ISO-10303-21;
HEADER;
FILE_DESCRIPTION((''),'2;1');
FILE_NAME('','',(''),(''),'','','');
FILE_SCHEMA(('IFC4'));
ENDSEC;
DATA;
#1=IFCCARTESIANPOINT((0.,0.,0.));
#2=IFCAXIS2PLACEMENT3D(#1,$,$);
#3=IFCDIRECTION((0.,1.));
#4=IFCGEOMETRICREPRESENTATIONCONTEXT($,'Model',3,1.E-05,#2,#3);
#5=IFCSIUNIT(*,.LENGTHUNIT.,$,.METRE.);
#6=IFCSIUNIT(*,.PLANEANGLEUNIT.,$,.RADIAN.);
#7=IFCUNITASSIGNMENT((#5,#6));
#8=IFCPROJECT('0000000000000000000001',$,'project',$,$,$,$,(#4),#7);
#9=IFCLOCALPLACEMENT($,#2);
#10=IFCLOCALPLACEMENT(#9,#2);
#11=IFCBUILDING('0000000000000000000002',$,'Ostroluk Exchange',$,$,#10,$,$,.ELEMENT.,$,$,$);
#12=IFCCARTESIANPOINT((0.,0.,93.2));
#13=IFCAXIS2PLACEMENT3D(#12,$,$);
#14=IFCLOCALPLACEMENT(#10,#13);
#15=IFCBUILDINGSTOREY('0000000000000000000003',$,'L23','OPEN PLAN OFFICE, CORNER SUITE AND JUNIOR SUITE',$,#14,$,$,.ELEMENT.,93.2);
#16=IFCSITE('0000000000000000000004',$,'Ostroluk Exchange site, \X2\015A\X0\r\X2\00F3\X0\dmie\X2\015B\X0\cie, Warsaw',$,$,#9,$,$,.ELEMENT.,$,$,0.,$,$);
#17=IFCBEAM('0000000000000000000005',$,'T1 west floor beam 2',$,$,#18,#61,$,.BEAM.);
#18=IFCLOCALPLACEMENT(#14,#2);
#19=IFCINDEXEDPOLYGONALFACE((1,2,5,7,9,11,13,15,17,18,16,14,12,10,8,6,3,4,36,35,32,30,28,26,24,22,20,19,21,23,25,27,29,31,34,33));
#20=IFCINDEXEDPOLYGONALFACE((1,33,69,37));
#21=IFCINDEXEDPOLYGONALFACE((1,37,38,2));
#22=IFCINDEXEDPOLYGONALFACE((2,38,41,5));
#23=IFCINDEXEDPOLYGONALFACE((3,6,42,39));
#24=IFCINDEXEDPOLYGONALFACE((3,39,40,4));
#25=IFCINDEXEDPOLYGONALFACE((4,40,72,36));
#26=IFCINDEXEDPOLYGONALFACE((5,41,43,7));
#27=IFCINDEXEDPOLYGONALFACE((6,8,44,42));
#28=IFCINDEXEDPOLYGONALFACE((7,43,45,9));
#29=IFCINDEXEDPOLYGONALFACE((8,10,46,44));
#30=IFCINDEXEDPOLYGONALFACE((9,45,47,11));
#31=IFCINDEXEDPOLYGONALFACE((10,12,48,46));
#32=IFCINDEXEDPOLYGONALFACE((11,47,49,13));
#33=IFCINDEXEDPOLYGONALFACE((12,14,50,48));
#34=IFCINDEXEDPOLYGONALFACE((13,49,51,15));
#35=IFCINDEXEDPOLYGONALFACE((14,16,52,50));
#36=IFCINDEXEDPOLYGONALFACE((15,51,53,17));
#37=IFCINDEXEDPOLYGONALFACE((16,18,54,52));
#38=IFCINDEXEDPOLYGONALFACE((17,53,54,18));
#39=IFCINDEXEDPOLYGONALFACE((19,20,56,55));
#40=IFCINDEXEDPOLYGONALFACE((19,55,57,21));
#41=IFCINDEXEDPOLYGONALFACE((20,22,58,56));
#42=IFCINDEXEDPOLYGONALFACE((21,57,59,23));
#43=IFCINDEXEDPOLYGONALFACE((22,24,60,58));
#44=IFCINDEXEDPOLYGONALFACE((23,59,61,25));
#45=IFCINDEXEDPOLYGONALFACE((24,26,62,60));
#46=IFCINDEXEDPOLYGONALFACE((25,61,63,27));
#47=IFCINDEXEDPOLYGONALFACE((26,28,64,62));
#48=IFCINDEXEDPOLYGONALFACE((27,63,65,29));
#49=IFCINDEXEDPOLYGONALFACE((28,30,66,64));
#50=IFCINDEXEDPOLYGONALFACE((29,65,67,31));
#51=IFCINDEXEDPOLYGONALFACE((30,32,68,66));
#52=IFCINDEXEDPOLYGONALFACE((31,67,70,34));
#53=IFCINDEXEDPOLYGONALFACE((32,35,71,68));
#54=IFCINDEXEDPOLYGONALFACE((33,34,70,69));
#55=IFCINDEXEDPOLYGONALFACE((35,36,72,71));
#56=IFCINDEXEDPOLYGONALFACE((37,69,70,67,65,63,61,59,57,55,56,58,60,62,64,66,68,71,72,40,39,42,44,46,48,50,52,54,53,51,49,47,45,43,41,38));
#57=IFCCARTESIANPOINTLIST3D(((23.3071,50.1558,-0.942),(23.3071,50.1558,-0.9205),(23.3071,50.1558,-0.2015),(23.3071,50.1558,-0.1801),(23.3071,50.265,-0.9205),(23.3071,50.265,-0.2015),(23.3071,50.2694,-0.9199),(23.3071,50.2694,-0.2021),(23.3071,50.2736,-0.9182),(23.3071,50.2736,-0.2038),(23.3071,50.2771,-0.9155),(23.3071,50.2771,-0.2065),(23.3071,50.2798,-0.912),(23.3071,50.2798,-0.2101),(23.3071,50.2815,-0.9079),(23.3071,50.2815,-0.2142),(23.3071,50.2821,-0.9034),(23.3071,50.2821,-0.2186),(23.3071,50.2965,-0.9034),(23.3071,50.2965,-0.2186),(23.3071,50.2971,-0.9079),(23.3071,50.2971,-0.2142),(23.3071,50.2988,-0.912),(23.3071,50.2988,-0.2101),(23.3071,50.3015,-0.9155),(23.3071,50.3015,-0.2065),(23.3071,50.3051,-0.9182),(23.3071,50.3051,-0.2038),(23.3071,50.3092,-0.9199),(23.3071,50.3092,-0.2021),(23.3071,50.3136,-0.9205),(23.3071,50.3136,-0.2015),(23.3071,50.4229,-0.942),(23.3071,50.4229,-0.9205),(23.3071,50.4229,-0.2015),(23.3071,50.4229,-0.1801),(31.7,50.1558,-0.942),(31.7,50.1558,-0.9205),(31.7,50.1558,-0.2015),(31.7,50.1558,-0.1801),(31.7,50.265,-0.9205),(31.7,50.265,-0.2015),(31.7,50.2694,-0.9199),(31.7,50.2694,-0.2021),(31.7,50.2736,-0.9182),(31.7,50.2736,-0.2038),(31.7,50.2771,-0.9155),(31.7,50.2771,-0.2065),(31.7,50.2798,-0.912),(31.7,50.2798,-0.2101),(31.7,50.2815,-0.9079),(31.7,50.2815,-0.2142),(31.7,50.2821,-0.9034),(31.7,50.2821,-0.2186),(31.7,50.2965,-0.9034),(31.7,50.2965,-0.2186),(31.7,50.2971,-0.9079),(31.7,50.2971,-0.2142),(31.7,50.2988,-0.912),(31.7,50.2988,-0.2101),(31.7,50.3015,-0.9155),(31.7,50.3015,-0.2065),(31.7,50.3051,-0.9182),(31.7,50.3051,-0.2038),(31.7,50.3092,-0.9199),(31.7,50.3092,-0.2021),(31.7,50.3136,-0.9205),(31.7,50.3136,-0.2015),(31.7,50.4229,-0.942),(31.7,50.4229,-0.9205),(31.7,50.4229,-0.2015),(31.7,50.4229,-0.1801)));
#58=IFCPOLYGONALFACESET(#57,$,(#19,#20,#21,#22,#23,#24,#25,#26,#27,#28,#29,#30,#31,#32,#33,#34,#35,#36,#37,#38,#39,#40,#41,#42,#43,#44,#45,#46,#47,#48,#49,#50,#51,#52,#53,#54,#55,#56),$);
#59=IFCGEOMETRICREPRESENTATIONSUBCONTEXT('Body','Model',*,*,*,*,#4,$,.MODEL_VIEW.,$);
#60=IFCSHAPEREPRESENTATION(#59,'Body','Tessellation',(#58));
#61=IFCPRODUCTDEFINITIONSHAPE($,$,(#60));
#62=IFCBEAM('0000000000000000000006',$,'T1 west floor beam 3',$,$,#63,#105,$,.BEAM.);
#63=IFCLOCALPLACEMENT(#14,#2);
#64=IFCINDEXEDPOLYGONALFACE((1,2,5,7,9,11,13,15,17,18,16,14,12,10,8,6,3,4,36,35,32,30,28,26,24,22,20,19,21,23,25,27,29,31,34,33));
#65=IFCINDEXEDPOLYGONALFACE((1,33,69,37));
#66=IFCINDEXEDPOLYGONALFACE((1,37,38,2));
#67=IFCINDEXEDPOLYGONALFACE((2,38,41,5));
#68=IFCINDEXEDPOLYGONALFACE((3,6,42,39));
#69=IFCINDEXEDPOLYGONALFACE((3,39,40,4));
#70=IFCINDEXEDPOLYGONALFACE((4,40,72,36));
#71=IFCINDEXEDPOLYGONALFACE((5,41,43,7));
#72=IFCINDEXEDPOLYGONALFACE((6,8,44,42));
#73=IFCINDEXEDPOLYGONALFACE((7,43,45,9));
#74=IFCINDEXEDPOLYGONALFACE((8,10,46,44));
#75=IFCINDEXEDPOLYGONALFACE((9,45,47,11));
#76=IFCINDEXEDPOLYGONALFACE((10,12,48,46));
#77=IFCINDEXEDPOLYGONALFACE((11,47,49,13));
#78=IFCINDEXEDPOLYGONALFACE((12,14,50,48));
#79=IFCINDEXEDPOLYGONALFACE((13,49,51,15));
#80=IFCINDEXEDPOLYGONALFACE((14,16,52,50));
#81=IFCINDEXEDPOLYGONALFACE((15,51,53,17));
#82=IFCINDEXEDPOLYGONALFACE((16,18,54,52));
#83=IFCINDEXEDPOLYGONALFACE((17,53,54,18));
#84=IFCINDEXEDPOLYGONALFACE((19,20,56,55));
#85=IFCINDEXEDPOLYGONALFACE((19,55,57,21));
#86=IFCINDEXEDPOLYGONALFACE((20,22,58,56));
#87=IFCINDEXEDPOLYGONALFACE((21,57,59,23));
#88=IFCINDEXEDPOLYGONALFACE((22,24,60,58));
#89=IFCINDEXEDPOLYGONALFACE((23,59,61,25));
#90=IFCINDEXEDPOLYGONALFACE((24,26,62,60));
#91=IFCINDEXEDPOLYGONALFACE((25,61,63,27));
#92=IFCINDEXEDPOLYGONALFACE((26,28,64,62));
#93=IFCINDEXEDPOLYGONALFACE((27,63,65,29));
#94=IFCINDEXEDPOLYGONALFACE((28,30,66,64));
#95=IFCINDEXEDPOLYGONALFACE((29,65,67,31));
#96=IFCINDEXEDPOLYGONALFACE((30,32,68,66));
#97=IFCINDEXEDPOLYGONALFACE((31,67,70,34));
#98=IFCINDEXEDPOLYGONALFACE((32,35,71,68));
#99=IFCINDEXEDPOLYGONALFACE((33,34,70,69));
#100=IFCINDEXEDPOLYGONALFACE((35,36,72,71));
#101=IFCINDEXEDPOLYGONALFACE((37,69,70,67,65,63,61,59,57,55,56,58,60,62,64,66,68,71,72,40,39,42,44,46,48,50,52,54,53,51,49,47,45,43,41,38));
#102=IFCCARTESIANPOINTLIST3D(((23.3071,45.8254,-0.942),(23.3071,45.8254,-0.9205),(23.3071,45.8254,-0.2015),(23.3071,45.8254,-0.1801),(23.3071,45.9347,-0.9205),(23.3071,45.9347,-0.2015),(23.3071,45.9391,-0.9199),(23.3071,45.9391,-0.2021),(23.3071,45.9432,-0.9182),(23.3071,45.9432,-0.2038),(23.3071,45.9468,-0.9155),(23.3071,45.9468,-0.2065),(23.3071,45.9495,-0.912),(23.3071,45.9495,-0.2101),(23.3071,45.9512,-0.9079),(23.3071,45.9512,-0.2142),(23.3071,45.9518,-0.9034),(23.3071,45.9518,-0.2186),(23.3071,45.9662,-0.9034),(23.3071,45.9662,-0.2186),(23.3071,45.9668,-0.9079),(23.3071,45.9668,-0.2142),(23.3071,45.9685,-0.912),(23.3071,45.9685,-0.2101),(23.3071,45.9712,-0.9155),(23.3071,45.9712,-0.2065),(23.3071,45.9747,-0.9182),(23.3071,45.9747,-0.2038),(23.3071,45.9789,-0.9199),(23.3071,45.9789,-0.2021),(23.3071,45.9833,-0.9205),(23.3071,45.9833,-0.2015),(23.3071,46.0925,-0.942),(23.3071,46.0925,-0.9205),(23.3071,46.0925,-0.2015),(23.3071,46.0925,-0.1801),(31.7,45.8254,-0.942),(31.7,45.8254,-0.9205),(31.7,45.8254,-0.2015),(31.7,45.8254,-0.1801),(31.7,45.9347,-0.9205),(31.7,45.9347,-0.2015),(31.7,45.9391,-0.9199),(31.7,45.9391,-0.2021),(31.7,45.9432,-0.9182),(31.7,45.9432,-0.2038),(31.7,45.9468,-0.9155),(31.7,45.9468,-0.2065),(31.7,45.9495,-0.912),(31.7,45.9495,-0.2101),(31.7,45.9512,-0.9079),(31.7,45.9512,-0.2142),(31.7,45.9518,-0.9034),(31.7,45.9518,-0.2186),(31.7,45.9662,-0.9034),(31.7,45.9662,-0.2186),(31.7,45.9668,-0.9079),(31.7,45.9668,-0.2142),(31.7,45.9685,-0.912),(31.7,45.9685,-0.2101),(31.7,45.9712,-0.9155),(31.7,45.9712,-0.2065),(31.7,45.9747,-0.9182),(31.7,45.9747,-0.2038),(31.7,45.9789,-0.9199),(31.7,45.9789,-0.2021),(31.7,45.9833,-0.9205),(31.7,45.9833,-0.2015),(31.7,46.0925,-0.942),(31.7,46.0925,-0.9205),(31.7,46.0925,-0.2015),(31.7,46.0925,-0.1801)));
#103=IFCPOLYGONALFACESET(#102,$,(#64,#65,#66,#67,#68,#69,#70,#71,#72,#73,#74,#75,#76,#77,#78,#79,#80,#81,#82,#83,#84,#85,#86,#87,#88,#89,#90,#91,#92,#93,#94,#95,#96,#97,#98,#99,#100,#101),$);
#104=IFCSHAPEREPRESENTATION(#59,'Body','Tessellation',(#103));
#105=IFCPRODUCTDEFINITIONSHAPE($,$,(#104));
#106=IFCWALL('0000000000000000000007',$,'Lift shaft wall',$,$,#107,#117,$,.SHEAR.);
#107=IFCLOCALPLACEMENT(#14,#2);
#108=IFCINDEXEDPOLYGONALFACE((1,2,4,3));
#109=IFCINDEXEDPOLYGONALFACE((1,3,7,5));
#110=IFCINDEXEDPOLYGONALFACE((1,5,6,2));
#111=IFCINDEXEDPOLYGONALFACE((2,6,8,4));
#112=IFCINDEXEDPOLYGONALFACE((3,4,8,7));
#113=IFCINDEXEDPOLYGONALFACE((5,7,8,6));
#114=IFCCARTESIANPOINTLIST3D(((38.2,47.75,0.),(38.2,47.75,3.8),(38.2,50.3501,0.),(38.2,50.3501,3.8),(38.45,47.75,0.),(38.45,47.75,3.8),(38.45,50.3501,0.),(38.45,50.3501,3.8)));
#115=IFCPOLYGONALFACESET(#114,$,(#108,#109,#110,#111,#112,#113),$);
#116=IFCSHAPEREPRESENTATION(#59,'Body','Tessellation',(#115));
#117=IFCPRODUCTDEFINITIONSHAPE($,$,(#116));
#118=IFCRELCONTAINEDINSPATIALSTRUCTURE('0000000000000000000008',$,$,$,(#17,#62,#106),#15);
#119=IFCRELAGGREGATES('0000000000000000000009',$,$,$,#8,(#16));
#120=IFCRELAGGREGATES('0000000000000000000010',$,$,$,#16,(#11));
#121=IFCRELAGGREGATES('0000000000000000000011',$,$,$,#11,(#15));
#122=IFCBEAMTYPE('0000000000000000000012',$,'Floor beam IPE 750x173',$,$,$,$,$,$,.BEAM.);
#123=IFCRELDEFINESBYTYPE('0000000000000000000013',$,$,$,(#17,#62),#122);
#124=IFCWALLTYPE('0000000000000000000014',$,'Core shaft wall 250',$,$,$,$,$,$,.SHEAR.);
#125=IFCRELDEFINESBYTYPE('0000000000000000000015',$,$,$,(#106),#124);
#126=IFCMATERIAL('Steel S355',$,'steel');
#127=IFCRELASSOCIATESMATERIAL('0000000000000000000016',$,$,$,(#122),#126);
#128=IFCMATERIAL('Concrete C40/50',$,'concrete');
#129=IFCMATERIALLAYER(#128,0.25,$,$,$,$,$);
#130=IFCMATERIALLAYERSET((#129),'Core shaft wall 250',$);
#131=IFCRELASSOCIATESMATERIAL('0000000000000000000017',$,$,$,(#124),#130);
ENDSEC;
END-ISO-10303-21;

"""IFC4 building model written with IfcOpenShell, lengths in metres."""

from ifc_helpers import new_model, si_unit, direction, frame, frame_2d, origin, origin_2d, place, context, subcontext, project, spatial, rectangle, i_section, extrude, material, layer, layer_set, material_profile, profile_set, type_object, element, save


model = new_model("IFC4")

# Units and contexts
model_context = context("Model", 3, precision=1e-05, world=origin(), true_north=direction((0.0, 1.0)))
body_context = subcontext(model_context, "Body", "Model", "MODEL_VIEW")
ifc_project = project(units=[si_unit("LENGTHUNIT", "METRE"), si_unit("PLANEANGLEUNIT", "RADIAN")], contexts=[model_context])

# Site, building, storey
site_placement = place(None, origin())
site = spatial("IfcSite", under=ifc_project, at=site_placement, Name="Ostroluk Exchange site, Śródmieście, Warsaw", CompositionType="ELEMENT", RefElevation=0.0)
building_placement = place(site_placement, origin())
building = spatial("IfcBuilding", under=site, at=building_placement, Name="Ostroluk Exchange", CompositionType="ELEMENT")
storey_placement = place(building_placement, frame((0.0, 0.0, 93.2)))
storey = spatial("IfcBuildingStorey", under=building, at=storey_placement, Name="L23", Description="OPEN PLAN OFFICE, CORNER SUITE AND JUNIOR SUITE", CompositionType="ELEMENT", Elevation=93.2)

# Beams
ifc_material_1 = material(Name="Steel S355", Category="steel")
ifc_material_profile = material_profile(ifc_material_1, i_section(OverallWidth=0.2671, OverallDepth=0.762, WebThickness=0.0144, FlangeThickness=0.0215, FilletRadius=0.0171, at=origin_2d()), Name="IPE 750x173")
ifc_profile_set = profile_set([ifc_material_profile], Name="Steel S355")
beam_type = type_object("IfcBeamType", Name="Floor beam IPE 750x173", PredefinedType="BEAM", material=ifc_profile_set)
for number, where, z_axis, x_axis, name in (
    (1, (31.7, 50.2893, -0.561), (-1.0, 0.0, 0.0), (0.0, -1.0, 0.0), "T1 west floor beam 2"),
    (2, (31.7, 45.959, -0.561), (-1.0, 0.0, 0.0), (0.0, -1.0, 0.0), "T1 west floor beam 3"),
):
    element("IfcBeam", number, at=place(storey_placement, frame(where, z_axis=z_axis, x_axis=x_axis)), inside=storey, type_object=beam_type, Name=name, PredefinedType="BEAM", context=body_context, shape_type="SweptSolid", body=[
        extrude(i_section(OverallWidth=0.2671, OverallDepth=0.762, WebThickness=0.0144, FlangeThickness=0.0215, FilletRadius=0.0171, at=origin_2d()), origin(), (0.0, 0.0, 1.0), 8.3928),
    ])

# Wall
ifc_material_2 = material(Name="Concrete C40/50", Category="concrete")
ifc_layer = layer(ifc_material_2, 0.25)
ifc_layer_set = layer_set([ifc_layer], Name="Core shaft wall 250")
wall_type = type_object("IfcWallType", Name="Core shaft wall 250", PredefinedType="SHEAR", material=ifc_layer_set)
wall_1_placement = place(storey_placement, frame((38.325, 47.75, 0.0), z_axis=(0.0, 0.0, 1.0), x_axis=(0.0, 1.0, 0.0)))
element("IfcWall", 3, at=wall_1_placement, inside=storey, type_object=wall_type, Name="Lift shaft wall", PredefinedType="SHEAR", context=body_context, shape_type="SweptSolid", body=[
    extrude(rectangle(XDim=2.6001, YDim=0.25, at=frame_2d((1.3, 0.0))), origin(), (0.0, 0.0, 1.0), 3.8),
])

save(model, "model.ifc")
